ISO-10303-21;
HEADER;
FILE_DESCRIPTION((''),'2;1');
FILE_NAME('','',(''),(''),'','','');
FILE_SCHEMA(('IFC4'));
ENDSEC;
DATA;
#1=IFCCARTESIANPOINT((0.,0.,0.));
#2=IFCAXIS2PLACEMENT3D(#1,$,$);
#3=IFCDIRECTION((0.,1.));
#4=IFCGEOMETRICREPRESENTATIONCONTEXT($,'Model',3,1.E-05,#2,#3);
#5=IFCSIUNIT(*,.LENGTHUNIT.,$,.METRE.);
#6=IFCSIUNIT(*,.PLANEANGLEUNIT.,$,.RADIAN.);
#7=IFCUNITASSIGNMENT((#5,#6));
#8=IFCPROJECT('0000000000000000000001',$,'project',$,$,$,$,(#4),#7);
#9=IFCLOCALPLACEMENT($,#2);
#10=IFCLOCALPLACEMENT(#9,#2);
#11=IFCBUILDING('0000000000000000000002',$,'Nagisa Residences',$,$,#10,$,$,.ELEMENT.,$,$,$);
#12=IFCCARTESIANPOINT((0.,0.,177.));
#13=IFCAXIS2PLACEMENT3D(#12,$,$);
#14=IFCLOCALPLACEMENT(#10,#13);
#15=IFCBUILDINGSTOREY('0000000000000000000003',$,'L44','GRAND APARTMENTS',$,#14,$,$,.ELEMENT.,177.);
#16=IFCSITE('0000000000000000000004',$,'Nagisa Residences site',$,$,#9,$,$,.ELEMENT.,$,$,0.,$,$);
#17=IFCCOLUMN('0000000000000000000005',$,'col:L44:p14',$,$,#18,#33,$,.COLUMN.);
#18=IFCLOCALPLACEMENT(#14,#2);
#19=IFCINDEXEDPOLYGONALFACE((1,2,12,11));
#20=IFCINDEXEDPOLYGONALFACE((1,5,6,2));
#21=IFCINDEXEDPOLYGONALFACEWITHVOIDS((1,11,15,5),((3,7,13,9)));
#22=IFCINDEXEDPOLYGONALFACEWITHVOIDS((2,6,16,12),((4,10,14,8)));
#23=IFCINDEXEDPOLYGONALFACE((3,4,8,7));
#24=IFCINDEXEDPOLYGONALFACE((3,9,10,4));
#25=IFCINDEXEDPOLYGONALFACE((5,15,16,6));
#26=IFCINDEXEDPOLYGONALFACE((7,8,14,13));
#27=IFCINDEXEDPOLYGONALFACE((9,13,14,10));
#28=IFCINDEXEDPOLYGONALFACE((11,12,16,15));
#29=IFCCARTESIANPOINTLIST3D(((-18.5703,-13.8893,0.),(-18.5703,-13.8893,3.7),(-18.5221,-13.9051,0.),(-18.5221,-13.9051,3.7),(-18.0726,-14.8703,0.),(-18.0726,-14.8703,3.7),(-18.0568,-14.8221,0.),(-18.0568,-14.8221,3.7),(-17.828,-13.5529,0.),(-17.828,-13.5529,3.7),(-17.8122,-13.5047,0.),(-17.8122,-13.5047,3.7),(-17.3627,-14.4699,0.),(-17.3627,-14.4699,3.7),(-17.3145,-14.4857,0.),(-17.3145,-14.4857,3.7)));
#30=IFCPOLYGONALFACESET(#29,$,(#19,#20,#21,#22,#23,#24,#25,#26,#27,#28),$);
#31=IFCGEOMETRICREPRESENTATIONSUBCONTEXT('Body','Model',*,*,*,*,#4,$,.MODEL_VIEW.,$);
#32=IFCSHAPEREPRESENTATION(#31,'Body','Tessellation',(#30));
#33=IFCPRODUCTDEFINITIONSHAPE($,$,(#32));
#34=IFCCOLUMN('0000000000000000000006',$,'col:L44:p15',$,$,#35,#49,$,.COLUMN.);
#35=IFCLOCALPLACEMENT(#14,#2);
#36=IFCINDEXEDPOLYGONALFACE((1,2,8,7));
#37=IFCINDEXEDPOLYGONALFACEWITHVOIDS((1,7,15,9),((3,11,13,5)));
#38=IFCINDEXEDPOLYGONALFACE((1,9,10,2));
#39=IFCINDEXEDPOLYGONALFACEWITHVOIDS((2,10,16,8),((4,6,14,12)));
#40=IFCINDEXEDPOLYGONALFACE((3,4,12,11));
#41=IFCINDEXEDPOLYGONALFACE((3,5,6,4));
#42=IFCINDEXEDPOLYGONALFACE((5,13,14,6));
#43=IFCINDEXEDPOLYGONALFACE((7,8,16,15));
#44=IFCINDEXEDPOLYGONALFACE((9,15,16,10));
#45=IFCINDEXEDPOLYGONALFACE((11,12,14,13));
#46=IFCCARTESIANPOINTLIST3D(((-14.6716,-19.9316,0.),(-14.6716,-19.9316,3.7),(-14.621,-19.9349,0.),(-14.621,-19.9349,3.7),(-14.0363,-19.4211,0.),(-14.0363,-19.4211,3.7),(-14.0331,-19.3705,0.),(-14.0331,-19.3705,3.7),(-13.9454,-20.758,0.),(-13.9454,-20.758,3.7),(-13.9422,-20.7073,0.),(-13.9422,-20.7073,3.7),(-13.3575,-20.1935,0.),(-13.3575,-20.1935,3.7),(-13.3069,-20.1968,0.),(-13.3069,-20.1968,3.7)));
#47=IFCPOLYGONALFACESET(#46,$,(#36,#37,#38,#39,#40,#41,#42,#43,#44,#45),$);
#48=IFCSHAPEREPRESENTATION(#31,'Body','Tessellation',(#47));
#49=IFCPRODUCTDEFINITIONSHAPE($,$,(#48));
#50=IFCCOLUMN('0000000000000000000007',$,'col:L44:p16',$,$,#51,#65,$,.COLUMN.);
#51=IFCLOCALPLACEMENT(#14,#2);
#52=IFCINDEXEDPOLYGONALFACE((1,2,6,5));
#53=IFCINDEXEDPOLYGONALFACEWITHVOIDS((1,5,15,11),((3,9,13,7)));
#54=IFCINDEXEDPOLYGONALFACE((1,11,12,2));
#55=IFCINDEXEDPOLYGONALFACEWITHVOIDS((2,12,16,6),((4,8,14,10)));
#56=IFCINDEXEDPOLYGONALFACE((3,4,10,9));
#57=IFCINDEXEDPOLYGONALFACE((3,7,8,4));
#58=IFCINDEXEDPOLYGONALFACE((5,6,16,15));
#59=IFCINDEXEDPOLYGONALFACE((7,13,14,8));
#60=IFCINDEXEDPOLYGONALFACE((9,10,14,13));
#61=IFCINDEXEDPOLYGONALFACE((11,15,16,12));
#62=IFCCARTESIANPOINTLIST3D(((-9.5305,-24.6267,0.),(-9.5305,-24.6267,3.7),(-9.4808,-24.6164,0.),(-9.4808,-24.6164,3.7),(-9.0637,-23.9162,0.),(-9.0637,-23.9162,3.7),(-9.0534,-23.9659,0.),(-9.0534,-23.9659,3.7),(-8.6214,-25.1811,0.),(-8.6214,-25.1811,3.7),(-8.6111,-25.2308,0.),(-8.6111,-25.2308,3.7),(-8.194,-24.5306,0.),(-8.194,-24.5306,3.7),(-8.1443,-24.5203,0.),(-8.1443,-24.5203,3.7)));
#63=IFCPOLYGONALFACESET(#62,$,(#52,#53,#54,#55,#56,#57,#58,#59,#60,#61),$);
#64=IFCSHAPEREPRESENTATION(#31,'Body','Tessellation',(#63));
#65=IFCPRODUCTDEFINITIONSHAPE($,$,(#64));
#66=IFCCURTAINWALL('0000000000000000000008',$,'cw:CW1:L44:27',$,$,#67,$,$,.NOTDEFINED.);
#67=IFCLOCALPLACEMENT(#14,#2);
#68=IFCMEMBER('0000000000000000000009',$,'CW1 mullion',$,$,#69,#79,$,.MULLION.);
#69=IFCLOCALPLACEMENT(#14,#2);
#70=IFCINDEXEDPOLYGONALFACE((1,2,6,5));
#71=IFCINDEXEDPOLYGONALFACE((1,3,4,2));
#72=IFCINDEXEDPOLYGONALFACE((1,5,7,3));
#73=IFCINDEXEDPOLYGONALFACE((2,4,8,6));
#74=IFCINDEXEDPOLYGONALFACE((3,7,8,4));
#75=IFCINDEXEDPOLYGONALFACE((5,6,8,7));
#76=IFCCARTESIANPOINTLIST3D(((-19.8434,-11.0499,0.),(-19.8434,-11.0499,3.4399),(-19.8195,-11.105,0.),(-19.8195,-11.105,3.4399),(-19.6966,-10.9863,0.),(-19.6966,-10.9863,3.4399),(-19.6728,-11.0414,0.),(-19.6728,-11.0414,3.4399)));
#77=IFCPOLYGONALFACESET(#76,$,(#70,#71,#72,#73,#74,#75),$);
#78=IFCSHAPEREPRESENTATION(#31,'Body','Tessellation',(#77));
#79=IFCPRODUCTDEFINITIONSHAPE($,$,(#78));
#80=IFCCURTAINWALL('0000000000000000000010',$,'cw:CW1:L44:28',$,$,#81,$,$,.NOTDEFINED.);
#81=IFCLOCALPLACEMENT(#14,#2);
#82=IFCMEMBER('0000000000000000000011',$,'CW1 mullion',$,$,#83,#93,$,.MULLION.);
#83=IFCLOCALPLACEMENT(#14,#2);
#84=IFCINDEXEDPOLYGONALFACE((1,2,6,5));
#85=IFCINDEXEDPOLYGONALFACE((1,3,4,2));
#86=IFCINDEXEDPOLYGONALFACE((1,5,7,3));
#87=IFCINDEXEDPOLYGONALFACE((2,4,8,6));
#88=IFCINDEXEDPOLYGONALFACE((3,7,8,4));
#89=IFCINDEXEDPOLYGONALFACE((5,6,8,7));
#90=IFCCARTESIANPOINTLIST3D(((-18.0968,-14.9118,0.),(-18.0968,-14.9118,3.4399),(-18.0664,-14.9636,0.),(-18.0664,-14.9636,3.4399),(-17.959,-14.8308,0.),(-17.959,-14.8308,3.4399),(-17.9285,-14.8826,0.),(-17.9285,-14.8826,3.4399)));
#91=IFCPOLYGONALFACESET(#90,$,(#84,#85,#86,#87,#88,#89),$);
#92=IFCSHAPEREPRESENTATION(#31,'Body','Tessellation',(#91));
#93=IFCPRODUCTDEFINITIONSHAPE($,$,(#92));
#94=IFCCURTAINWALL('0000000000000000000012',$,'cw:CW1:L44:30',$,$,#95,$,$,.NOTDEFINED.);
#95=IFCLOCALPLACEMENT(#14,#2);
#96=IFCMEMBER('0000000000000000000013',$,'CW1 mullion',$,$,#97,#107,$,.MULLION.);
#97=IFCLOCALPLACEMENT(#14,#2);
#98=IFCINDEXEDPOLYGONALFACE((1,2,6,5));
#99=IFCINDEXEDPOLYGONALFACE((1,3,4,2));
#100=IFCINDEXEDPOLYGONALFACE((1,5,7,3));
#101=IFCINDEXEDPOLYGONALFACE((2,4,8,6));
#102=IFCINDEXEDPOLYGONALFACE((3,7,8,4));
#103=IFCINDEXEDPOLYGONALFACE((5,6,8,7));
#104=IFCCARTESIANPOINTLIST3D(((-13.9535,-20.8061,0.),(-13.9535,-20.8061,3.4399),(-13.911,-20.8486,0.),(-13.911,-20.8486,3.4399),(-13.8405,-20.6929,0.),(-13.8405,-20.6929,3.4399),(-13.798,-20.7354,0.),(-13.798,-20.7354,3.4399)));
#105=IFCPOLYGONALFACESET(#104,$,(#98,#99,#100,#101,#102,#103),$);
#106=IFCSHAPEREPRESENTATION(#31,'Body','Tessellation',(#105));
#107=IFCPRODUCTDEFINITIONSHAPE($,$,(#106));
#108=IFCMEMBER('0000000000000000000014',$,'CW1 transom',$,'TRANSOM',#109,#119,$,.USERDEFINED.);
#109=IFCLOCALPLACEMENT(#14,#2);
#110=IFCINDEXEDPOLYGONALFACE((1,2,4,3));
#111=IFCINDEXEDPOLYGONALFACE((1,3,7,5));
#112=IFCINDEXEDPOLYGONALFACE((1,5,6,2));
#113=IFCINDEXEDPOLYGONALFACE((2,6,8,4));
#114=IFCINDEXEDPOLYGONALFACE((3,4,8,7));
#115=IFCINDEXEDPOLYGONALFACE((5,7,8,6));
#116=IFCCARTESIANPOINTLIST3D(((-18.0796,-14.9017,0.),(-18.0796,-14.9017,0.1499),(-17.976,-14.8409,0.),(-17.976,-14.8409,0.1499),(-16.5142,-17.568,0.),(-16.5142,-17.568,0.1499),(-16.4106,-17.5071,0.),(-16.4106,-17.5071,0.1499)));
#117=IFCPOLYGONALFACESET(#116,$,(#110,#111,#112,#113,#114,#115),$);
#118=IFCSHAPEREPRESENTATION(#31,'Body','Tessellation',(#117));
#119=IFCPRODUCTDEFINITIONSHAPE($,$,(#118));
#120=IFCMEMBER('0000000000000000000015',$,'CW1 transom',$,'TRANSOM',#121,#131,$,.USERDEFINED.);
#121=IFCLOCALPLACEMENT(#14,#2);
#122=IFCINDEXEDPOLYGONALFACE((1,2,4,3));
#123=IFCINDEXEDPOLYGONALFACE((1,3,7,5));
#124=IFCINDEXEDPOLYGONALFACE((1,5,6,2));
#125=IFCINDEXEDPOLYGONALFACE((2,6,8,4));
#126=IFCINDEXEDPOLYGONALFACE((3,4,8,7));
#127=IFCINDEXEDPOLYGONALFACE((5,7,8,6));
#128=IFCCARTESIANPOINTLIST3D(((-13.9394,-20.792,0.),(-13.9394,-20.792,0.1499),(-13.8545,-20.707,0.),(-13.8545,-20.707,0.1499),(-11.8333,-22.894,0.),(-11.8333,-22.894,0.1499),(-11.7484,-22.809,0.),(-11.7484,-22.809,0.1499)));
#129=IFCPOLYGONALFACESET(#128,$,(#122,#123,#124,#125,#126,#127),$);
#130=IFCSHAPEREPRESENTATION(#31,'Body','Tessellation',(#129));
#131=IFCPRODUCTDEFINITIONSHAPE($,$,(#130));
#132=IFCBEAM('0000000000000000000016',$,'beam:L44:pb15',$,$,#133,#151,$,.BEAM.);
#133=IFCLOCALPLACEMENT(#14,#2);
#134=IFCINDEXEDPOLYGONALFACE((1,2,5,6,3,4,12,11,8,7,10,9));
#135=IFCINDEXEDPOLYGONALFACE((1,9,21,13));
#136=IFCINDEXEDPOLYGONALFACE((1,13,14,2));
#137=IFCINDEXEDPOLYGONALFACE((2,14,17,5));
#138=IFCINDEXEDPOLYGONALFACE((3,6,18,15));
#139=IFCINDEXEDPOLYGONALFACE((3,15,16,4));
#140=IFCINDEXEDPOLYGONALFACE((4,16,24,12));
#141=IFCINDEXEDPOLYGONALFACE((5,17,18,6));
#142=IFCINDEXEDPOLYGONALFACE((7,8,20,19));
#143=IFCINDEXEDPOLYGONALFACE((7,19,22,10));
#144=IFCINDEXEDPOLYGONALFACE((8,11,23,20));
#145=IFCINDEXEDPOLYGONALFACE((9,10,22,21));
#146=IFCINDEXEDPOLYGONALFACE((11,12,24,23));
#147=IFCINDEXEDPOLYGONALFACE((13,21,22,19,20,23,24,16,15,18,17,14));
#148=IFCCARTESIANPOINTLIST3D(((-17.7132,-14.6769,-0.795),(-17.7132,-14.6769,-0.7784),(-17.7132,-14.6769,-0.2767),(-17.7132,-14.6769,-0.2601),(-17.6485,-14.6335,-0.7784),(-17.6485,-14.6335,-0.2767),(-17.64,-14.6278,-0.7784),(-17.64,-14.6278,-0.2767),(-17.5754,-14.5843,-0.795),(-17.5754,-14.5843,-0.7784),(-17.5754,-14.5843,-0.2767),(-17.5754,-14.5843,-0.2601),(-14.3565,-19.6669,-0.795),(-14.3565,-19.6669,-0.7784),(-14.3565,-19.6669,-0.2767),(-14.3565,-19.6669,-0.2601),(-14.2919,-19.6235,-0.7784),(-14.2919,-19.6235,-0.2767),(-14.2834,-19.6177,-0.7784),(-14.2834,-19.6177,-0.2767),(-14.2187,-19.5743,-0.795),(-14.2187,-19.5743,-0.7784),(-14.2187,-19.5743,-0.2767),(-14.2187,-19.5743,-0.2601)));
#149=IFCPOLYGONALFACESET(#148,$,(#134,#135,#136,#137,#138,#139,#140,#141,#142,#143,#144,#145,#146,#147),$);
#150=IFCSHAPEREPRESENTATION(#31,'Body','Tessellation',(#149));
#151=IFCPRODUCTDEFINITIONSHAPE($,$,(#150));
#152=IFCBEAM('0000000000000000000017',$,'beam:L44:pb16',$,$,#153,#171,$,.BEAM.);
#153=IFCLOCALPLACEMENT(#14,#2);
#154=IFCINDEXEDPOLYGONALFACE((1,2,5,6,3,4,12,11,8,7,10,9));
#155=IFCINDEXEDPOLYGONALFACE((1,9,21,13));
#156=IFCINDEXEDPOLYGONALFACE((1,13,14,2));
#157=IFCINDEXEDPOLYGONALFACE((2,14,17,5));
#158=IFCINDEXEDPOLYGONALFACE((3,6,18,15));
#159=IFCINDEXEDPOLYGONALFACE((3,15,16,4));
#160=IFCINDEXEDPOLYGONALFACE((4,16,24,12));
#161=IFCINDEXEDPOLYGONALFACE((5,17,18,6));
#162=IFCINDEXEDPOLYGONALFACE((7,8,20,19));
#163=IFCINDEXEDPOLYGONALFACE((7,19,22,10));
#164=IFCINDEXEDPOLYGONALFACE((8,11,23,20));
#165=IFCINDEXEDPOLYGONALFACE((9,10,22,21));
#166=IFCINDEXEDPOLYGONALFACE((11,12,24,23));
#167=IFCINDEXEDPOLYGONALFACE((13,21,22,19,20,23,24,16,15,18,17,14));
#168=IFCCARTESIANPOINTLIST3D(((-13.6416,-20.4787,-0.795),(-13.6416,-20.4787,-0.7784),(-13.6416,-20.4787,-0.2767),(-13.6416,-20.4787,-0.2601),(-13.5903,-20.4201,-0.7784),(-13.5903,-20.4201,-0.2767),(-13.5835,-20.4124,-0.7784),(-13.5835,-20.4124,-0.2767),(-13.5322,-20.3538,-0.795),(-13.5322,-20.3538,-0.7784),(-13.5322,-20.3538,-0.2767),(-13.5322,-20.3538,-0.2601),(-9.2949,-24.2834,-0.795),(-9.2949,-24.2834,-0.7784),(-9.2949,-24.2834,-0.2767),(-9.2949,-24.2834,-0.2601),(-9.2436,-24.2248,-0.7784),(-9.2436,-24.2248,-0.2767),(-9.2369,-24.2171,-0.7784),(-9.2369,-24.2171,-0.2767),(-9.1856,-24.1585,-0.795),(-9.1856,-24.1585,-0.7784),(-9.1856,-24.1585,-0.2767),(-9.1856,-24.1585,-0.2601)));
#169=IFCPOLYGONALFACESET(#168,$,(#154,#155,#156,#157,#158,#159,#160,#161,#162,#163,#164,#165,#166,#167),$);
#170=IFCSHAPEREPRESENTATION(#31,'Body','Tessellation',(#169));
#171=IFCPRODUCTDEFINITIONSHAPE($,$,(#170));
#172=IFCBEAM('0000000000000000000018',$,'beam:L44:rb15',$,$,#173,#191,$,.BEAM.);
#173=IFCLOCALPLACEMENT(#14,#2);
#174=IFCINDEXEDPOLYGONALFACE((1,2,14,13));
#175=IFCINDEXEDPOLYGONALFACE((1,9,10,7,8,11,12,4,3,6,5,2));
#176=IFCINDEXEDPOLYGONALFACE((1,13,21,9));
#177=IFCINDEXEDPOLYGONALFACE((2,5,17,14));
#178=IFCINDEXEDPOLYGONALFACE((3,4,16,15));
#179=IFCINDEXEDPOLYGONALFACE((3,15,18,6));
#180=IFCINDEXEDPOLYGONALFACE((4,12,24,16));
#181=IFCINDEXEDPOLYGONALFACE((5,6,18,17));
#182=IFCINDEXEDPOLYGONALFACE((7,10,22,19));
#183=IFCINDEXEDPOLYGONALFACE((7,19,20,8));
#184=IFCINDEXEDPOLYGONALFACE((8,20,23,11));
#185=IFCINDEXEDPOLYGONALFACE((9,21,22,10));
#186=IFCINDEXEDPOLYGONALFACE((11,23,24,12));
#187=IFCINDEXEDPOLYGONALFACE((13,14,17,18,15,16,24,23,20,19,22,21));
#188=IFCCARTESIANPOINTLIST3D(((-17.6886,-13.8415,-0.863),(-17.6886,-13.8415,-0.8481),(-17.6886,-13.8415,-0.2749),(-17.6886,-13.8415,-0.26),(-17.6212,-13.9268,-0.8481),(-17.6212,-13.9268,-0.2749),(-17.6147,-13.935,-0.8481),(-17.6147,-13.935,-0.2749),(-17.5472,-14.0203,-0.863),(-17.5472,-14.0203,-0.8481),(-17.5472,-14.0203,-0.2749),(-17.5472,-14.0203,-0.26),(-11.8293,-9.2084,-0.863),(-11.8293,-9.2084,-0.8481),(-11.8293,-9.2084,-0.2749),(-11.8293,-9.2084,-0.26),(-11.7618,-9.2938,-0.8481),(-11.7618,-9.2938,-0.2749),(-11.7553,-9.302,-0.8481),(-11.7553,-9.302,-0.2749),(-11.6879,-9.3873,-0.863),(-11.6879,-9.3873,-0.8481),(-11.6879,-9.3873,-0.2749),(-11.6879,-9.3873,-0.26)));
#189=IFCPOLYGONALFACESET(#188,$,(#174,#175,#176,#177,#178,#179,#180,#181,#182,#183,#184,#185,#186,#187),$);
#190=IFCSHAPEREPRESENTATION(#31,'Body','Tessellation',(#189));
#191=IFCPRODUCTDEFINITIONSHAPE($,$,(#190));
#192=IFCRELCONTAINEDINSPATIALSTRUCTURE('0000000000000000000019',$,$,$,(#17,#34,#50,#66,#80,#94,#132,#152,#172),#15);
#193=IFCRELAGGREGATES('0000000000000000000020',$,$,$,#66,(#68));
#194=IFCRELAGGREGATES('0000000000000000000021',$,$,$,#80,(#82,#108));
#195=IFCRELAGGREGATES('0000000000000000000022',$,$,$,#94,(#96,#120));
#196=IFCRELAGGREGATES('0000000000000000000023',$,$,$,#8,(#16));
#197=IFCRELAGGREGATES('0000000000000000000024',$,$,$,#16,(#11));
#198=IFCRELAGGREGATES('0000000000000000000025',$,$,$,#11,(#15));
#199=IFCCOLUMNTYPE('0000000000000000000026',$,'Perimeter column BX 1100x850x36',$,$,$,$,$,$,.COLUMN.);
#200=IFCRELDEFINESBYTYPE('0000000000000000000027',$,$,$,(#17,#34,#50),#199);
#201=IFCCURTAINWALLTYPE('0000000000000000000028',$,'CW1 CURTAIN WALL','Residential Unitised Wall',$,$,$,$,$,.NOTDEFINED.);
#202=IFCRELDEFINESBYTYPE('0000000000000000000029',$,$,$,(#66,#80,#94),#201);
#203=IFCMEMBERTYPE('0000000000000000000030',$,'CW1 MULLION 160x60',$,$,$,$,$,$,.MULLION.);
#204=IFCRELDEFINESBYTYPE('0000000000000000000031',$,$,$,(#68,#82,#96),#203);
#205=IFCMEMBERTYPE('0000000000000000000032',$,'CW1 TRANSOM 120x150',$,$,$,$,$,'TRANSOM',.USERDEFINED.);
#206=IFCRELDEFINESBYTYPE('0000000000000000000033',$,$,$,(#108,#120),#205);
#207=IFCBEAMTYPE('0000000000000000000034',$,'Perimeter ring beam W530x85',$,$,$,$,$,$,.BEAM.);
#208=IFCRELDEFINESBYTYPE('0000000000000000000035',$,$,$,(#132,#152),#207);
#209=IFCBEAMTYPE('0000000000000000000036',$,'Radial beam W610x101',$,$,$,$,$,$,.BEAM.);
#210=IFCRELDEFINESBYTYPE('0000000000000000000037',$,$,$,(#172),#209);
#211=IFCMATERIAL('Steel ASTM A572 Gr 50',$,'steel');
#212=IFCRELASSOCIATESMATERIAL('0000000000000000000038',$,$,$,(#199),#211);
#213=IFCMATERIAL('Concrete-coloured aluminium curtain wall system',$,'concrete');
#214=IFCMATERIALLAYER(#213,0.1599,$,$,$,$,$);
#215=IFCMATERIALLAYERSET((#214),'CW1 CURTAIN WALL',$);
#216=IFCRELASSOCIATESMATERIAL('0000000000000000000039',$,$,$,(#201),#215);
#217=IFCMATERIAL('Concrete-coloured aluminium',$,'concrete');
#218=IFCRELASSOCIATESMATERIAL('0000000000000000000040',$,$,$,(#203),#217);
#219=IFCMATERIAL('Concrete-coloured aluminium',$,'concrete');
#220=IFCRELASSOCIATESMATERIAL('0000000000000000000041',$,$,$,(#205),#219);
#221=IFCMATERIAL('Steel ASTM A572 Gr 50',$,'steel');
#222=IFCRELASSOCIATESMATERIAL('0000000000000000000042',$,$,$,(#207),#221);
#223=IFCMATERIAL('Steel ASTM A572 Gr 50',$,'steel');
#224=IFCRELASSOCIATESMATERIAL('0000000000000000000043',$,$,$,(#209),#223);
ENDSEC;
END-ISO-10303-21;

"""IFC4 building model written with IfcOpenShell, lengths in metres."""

from ifc_helpers import new_model, si_unit, direction, frame, origin, origin_2d, place, context, subcontext, project, spatial, rectangle, hollow_rectangle, i_section, extrude, material, layer, layer_set, material_profile, profile_set, type_object, element, aggregate, save


model = new_model("IFC4")

# Units and contexts
model_context = context("Model", 3, precision=1e-05, world=origin(), true_north=direction((0.0, 1.0)))
body_context = subcontext(model_context, "Body", "Model", "MODEL_VIEW")
ifc_project = project(units=[si_unit("LENGTHUNIT", "METRE"), si_unit("PLANEANGLEUNIT", "RADIAN")], contexts=[model_context])

# Site, building, storey
site_placement = place(None, origin())
site = spatial("IfcSite", under=ifc_project, at=site_placement, Name="Nagisa Residences site", CompositionType="ELEMENT", RefElevation=0.0)
building_placement = place(site_placement, origin())
building = spatial("IfcBuilding", under=site, at=building_placement, Name="Nagisa Residences", CompositionType="ELEMENT")
storey_placement = place(building_placement, frame((0.0, 0.0, 177.0)))
storey = spatial("IfcBuildingStorey", under=building, at=storey_placement, Name="L44", Description="GRAND APARTMENTS", CompositionType="ELEMENT", Elevation=177.0)

# Columns
ifc_material_1 = material(Name="Steel ASTM A572 Gr 50", Category="steel")
ifc_material_profile_1 = material_profile(ifc_material_1, hollow_rectangle(XDim=1.1001, YDim=0.8501, WallThickness=0.0359, at=origin_2d()), Name="BX 1100x850x36")
ifc_profile_set_1 = profile_set([ifc_material_profile_1], Name="Steel ASTM A572 Gr 50")
column_type = type_object("IfcColumnType", Name="Perimeter column BX 1100x850x36", PredefinedType="COLUMN", material=ifc_profile_set_1)
for number, where, z_axis, x_axis, name in (
    (1, (-17.9424, -14.1875, 0.0), (0.0, 0.0, 1.0), (0.452463, -0.891783, 0.0), "col:L44:p14"),
    (2, (-13.9893, -20.0642, 0.0), (0.0, 0.0, 1.0), (0.660115, -0.751165, 0.0), "col:L44:p15"),
    (3, (-8.8374, -24.5735, 0.0), (0.0, 0.0, 1.0), (0.835766, -0.549086, 0.0), "col:L44:p16"),
):
    element("IfcColumn", number, at=place(storey_placement, frame(where, z_axis=z_axis, x_axis=x_axis)), inside=storey, type_object=column_type, Name=name, PredefinedType="COLUMN", context=body_context, shape_type="SweptSolid", body=[
        extrude(hollow_rectangle(XDim=1.1001, YDim=0.8501, WallThickness=0.0359, at=origin_2d()), origin(), (0.0, 0.0, 1.0), 3.7),
    ])

# Curtain walls, members
ifc_material_2 = material(Name="Concrete-coloured aluminium curtain wall system", Category="concrete")
ifc_layer_1 = layer(ifc_material_2, 0.1599)
ifc_layer_set_1 = layer_set([ifc_layer_1], Name="CW1 CURTAIN WALL")
curtain_wall_type = type_object("IfcCurtainWallType", Name="CW1 CURTAIN WALL", Description="Residential Unitised Wall", PredefinedType="NOTDEFINED", material=ifc_layer_set_1)
curtain_wall_1_placement = place(storey_placement, origin())
curtain_wall_1 = element("IfcCurtainWall", 4, at=curtain_wall_1_placement, inside=storey, type_object=curtain_wall_type, Name="cw:CW1:L44:27", PredefinedType="NOTDEFINED")
ifc_material_3 = material(Name="Concrete-coloured aluminium", Category="concrete")
ifc_material_profile_2 = material_profile(ifc_material_3, rectangle(XDim=0.1599, YDim=0.0601, at=origin_2d()), Name="CW1 MULLION 160x60")
ifc_profile_set_2 = profile_set([ifc_material_profile_2], Name="Concrete-coloured aluminium")
member_type_1 = type_object("IfcMemberType", Name="CW1 MULLION 160x60", PredefinedType="MULLION", material=ifc_profile_set_2)
member_1_placement = place(storey_placement, frame((-19.7581, -11.0457, 0.0), z_axis=(0.0, 0.0, 1.0), x_axis=(0.917543, 0.397636, 0.0)))
member_1 = element("IfcMember", 5, at=member_1_placement, type_object=member_type_1, Name="CW1 mullion", PredefinedType="MULLION", context=body_context, shape_type="SweptSolid", body=[
    extrude(rectangle(XDim=0.1599, YDim=0.0601, at=origin_2d()), origin(), (0.0, 0.0, 1.0), 3.4399),
])
curtain_wall_2_placement = place(storey_placement, origin())
curtain_wall_2 = element("IfcCurtainWall", 6, at=curtain_wall_2_placement, inside=storey, type_object=curtain_wall_type, Name="cw:CW1:L44:28", PredefinedType="NOTDEFINED")
member_2_placement = place(storey_placement, frame((-18.0127, -14.8972, 0.0), z_axis=(0.0, 0.0, 1.0), x_axis=(0.862329, 0.506349, 0.0)))
member_2 = element("IfcMember", 7, at=member_2_placement, type_object=member_type_1, Name="CW1 mullion", PredefinedType="MULLION", context=body_context, shape_type="SweptSolid", body=[
    extrude(rectangle(XDim=0.1599, YDim=0.0601, at=origin_2d()), origin(), (0.0, 0.0, 1.0), 3.4399),
])
curtain_wall_3_placement = place(storey_placement, origin())
curtain_wall_3 = element("IfcCurtainWall", 8, at=curtain_wall_3_placement, inside=storey, type_object=curtain_wall_type, Name="cw:CW1:L44:30", PredefinedType="NOTDEFINED")
member_3_placement = place(storey_placement, frame((-13.8757, -20.7708, 0.0), z_axis=(0.0, 0.0, 1.0), x_axis=(0.706377, 0.707836, 0.0)))
member_3 = element("IfcMember", 9, at=member_3_placement, type_object=member_type_1, Name="CW1 mullion", PredefinedType="MULLION", context=body_context, shape_type="SweptSolid", body=[
    extrude(rectangle(XDim=0.1599, YDim=0.0601, at=origin_2d()), origin(), (0.0, 0.0, 1.0), 3.4399),
])

# Members
ifc_material_4 = material(Name="Concrete-coloured aluminium", Category="concrete")
ifc_material_profile_3 = material_profile(ifc_material_4, rectangle(XDim=0.1201, YDim=0.1499, at=origin_2d()), Name="CW1 TRANSOM 120x150")
ifc_profile_set_3 = profile_set([ifc_material_profile_3], Name="Concrete-coloured aluminium")
member_type_2 = type_object("IfcMemberType", Name="CW1 TRANSOM 120x150", ElementType="TRANSOM", PredefinedType="USERDEFINED", material=ifc_profile_set_3)
member_4_placement = place(storey_placement, frame((-18.0278, -14.8713, 0.075), z_axis=(0.506309, -0.862352, 0.0), x_axis=(0.862352, 0.506309, 0.0)))
member_4 = element("IfcMember", 10, at=member_4_placement, type_object=member_type_2, Name="CW1 transom", ObjectType="TRANSOM", PredefinedType="USERDEFINED", context=body_context, shape_type="SweptSolid", body=[
    extrude(rectangle(XDim=0.1201, YDim=0.1499, at=origin_2d()), origin(), (0.0, 0.0, 1.0), 3.0918),
])
member_5_placement = place(storey_placement, frame((-13.897, -20.7495, 0.075), z_axis=(0.707804, -0.706409, 0.0), x_axis=(0.706409, 0.707804, 0.0)))
member_5 = element("IfcMember", 11, at=member_5_placement, type_object=member_type_2, Name="CW1 transom", ObjectType="TRANSOM", PredefinedType="USERDEFINED", context=body_context, shape_type="SweptSolid", body=[
    extrude(rectangle(XDim=0.1201, YDim=0.1499, at=origin_2d()), origin(), (0.0, 0.0, 1.0), 2.9756),
])

# Beams
ifc_material_5 = material(Name="Steel ASTM A572 Gr 50", Category="steel")
ifc_material_profile_4 = material_profile(ifc_material_5, i_section(OverallWidth=0.166, OverallDepth=0.5349, WebThickness=0.0103, FlangeThickness=0.0166, at=origin_2d()), Name="W530x85")
ifc_profile_set_4 = profile_set([ifc_material_profile_4], Name="Steel ASTM A572 Gr 50")
beam_type_1 = type_object("IfcBeamType", Name="Perimeter ring beam W530x85", PredefinedType="BEAM", material=ifc_profile_set_4)
beam_1_placement = place(storey_placement, frame((-17.6443, -14.6306, -0.5276), z_axis=(0.558152, -0.829739, 0.0), x_axis=(0.829739, 0.558152, 0.0)))
element("IfcBeam", 12, at=beam_1_placement, inside=storey, type_object=beam_type_1, Name="beam:L44:pb15", PredefinedType="BEAM", context=body_context, shape_type="SweptSolid", body=[
    extrude(i_section(OverallWidth=0.166, OverallDepth=0.5349, WebThickness=0.0103, FlangeThickness=0.0166, at=origin_2d()), origin(), (0.0, 0.0, 1.0), 6.0139),
])
beam_2_placement = place(storey_placement, frame((-13.5869, -20.4163, -0.5276), z_axis=(0.752461, -0.658636, 0.0), x_axis=(0.658636, 0.752461, 0.0)))
element("IfcBeam", 13, at=beam_2_placement, inside=storey, type_object=beam_type_1, Name="beam:L44:pb16", PredefinedType="BEAM", context=body_context, shape_type="SweptSolid", body=[
    extrude(i_section(OverallWidth=0.166, OverallDepth=0.5349, WebThickness=0.0103, FlangeThickness=0.0166, at=origin_2d()), origin(), (0.0, 0.0, 1.0), 5.7766),
])
ifc_material_6 = material(Name="Steel ASTM A572 Gr 50", Category="steel")
ifc_material_profile_5 = material_profile(ifc_material_6, i_section(OverallWidth=0.228, OverallDepth=0.603, WebThickness=0.0105, FlangeThickness=0.0149, at=origin_2d()), Name="W610x101")
ifc_profile_set_5 = profile_set([ifc_material_profile_5], Name="Steel ASTM A572 Gr 50")
beam_type_2 = type_object("IfcBeamType", Name="Radial beam W610x101", PredefinedType="BEAM", material=ifc_profile_set_5)
beam_3_placement = place(storey_placement, frame((-17.6179, -13.9309, -0.5615), z_axis=(0.784412, 0.620241, 0.0), x_axis=(-0.620241, 0.784412, 0.0)))
element("IfcBeam", 14, at=beam_3_placement, inside=storey, type_object=beam_type_2, Name="beam:L44:rb15", PredefinedType="BEAM", context=body_context, shape_type="SweptSolid", body=[
    extrude(i_section(OverallWidth=0.228, OverallDepth=0.603, WebThickness=0.0105, FlangeThickness=0.0149, at=origin_2d()), origin(), (0.0, 0.0, 1.0), 7.4697),
])

aggregate(curtain_wall_1, [member_1])
aggregate(curtain_wall_2, [member_2, member_4])
aggregate(curtain_wall_3, [member_3, member_5])

save(model, "model.ifc")
